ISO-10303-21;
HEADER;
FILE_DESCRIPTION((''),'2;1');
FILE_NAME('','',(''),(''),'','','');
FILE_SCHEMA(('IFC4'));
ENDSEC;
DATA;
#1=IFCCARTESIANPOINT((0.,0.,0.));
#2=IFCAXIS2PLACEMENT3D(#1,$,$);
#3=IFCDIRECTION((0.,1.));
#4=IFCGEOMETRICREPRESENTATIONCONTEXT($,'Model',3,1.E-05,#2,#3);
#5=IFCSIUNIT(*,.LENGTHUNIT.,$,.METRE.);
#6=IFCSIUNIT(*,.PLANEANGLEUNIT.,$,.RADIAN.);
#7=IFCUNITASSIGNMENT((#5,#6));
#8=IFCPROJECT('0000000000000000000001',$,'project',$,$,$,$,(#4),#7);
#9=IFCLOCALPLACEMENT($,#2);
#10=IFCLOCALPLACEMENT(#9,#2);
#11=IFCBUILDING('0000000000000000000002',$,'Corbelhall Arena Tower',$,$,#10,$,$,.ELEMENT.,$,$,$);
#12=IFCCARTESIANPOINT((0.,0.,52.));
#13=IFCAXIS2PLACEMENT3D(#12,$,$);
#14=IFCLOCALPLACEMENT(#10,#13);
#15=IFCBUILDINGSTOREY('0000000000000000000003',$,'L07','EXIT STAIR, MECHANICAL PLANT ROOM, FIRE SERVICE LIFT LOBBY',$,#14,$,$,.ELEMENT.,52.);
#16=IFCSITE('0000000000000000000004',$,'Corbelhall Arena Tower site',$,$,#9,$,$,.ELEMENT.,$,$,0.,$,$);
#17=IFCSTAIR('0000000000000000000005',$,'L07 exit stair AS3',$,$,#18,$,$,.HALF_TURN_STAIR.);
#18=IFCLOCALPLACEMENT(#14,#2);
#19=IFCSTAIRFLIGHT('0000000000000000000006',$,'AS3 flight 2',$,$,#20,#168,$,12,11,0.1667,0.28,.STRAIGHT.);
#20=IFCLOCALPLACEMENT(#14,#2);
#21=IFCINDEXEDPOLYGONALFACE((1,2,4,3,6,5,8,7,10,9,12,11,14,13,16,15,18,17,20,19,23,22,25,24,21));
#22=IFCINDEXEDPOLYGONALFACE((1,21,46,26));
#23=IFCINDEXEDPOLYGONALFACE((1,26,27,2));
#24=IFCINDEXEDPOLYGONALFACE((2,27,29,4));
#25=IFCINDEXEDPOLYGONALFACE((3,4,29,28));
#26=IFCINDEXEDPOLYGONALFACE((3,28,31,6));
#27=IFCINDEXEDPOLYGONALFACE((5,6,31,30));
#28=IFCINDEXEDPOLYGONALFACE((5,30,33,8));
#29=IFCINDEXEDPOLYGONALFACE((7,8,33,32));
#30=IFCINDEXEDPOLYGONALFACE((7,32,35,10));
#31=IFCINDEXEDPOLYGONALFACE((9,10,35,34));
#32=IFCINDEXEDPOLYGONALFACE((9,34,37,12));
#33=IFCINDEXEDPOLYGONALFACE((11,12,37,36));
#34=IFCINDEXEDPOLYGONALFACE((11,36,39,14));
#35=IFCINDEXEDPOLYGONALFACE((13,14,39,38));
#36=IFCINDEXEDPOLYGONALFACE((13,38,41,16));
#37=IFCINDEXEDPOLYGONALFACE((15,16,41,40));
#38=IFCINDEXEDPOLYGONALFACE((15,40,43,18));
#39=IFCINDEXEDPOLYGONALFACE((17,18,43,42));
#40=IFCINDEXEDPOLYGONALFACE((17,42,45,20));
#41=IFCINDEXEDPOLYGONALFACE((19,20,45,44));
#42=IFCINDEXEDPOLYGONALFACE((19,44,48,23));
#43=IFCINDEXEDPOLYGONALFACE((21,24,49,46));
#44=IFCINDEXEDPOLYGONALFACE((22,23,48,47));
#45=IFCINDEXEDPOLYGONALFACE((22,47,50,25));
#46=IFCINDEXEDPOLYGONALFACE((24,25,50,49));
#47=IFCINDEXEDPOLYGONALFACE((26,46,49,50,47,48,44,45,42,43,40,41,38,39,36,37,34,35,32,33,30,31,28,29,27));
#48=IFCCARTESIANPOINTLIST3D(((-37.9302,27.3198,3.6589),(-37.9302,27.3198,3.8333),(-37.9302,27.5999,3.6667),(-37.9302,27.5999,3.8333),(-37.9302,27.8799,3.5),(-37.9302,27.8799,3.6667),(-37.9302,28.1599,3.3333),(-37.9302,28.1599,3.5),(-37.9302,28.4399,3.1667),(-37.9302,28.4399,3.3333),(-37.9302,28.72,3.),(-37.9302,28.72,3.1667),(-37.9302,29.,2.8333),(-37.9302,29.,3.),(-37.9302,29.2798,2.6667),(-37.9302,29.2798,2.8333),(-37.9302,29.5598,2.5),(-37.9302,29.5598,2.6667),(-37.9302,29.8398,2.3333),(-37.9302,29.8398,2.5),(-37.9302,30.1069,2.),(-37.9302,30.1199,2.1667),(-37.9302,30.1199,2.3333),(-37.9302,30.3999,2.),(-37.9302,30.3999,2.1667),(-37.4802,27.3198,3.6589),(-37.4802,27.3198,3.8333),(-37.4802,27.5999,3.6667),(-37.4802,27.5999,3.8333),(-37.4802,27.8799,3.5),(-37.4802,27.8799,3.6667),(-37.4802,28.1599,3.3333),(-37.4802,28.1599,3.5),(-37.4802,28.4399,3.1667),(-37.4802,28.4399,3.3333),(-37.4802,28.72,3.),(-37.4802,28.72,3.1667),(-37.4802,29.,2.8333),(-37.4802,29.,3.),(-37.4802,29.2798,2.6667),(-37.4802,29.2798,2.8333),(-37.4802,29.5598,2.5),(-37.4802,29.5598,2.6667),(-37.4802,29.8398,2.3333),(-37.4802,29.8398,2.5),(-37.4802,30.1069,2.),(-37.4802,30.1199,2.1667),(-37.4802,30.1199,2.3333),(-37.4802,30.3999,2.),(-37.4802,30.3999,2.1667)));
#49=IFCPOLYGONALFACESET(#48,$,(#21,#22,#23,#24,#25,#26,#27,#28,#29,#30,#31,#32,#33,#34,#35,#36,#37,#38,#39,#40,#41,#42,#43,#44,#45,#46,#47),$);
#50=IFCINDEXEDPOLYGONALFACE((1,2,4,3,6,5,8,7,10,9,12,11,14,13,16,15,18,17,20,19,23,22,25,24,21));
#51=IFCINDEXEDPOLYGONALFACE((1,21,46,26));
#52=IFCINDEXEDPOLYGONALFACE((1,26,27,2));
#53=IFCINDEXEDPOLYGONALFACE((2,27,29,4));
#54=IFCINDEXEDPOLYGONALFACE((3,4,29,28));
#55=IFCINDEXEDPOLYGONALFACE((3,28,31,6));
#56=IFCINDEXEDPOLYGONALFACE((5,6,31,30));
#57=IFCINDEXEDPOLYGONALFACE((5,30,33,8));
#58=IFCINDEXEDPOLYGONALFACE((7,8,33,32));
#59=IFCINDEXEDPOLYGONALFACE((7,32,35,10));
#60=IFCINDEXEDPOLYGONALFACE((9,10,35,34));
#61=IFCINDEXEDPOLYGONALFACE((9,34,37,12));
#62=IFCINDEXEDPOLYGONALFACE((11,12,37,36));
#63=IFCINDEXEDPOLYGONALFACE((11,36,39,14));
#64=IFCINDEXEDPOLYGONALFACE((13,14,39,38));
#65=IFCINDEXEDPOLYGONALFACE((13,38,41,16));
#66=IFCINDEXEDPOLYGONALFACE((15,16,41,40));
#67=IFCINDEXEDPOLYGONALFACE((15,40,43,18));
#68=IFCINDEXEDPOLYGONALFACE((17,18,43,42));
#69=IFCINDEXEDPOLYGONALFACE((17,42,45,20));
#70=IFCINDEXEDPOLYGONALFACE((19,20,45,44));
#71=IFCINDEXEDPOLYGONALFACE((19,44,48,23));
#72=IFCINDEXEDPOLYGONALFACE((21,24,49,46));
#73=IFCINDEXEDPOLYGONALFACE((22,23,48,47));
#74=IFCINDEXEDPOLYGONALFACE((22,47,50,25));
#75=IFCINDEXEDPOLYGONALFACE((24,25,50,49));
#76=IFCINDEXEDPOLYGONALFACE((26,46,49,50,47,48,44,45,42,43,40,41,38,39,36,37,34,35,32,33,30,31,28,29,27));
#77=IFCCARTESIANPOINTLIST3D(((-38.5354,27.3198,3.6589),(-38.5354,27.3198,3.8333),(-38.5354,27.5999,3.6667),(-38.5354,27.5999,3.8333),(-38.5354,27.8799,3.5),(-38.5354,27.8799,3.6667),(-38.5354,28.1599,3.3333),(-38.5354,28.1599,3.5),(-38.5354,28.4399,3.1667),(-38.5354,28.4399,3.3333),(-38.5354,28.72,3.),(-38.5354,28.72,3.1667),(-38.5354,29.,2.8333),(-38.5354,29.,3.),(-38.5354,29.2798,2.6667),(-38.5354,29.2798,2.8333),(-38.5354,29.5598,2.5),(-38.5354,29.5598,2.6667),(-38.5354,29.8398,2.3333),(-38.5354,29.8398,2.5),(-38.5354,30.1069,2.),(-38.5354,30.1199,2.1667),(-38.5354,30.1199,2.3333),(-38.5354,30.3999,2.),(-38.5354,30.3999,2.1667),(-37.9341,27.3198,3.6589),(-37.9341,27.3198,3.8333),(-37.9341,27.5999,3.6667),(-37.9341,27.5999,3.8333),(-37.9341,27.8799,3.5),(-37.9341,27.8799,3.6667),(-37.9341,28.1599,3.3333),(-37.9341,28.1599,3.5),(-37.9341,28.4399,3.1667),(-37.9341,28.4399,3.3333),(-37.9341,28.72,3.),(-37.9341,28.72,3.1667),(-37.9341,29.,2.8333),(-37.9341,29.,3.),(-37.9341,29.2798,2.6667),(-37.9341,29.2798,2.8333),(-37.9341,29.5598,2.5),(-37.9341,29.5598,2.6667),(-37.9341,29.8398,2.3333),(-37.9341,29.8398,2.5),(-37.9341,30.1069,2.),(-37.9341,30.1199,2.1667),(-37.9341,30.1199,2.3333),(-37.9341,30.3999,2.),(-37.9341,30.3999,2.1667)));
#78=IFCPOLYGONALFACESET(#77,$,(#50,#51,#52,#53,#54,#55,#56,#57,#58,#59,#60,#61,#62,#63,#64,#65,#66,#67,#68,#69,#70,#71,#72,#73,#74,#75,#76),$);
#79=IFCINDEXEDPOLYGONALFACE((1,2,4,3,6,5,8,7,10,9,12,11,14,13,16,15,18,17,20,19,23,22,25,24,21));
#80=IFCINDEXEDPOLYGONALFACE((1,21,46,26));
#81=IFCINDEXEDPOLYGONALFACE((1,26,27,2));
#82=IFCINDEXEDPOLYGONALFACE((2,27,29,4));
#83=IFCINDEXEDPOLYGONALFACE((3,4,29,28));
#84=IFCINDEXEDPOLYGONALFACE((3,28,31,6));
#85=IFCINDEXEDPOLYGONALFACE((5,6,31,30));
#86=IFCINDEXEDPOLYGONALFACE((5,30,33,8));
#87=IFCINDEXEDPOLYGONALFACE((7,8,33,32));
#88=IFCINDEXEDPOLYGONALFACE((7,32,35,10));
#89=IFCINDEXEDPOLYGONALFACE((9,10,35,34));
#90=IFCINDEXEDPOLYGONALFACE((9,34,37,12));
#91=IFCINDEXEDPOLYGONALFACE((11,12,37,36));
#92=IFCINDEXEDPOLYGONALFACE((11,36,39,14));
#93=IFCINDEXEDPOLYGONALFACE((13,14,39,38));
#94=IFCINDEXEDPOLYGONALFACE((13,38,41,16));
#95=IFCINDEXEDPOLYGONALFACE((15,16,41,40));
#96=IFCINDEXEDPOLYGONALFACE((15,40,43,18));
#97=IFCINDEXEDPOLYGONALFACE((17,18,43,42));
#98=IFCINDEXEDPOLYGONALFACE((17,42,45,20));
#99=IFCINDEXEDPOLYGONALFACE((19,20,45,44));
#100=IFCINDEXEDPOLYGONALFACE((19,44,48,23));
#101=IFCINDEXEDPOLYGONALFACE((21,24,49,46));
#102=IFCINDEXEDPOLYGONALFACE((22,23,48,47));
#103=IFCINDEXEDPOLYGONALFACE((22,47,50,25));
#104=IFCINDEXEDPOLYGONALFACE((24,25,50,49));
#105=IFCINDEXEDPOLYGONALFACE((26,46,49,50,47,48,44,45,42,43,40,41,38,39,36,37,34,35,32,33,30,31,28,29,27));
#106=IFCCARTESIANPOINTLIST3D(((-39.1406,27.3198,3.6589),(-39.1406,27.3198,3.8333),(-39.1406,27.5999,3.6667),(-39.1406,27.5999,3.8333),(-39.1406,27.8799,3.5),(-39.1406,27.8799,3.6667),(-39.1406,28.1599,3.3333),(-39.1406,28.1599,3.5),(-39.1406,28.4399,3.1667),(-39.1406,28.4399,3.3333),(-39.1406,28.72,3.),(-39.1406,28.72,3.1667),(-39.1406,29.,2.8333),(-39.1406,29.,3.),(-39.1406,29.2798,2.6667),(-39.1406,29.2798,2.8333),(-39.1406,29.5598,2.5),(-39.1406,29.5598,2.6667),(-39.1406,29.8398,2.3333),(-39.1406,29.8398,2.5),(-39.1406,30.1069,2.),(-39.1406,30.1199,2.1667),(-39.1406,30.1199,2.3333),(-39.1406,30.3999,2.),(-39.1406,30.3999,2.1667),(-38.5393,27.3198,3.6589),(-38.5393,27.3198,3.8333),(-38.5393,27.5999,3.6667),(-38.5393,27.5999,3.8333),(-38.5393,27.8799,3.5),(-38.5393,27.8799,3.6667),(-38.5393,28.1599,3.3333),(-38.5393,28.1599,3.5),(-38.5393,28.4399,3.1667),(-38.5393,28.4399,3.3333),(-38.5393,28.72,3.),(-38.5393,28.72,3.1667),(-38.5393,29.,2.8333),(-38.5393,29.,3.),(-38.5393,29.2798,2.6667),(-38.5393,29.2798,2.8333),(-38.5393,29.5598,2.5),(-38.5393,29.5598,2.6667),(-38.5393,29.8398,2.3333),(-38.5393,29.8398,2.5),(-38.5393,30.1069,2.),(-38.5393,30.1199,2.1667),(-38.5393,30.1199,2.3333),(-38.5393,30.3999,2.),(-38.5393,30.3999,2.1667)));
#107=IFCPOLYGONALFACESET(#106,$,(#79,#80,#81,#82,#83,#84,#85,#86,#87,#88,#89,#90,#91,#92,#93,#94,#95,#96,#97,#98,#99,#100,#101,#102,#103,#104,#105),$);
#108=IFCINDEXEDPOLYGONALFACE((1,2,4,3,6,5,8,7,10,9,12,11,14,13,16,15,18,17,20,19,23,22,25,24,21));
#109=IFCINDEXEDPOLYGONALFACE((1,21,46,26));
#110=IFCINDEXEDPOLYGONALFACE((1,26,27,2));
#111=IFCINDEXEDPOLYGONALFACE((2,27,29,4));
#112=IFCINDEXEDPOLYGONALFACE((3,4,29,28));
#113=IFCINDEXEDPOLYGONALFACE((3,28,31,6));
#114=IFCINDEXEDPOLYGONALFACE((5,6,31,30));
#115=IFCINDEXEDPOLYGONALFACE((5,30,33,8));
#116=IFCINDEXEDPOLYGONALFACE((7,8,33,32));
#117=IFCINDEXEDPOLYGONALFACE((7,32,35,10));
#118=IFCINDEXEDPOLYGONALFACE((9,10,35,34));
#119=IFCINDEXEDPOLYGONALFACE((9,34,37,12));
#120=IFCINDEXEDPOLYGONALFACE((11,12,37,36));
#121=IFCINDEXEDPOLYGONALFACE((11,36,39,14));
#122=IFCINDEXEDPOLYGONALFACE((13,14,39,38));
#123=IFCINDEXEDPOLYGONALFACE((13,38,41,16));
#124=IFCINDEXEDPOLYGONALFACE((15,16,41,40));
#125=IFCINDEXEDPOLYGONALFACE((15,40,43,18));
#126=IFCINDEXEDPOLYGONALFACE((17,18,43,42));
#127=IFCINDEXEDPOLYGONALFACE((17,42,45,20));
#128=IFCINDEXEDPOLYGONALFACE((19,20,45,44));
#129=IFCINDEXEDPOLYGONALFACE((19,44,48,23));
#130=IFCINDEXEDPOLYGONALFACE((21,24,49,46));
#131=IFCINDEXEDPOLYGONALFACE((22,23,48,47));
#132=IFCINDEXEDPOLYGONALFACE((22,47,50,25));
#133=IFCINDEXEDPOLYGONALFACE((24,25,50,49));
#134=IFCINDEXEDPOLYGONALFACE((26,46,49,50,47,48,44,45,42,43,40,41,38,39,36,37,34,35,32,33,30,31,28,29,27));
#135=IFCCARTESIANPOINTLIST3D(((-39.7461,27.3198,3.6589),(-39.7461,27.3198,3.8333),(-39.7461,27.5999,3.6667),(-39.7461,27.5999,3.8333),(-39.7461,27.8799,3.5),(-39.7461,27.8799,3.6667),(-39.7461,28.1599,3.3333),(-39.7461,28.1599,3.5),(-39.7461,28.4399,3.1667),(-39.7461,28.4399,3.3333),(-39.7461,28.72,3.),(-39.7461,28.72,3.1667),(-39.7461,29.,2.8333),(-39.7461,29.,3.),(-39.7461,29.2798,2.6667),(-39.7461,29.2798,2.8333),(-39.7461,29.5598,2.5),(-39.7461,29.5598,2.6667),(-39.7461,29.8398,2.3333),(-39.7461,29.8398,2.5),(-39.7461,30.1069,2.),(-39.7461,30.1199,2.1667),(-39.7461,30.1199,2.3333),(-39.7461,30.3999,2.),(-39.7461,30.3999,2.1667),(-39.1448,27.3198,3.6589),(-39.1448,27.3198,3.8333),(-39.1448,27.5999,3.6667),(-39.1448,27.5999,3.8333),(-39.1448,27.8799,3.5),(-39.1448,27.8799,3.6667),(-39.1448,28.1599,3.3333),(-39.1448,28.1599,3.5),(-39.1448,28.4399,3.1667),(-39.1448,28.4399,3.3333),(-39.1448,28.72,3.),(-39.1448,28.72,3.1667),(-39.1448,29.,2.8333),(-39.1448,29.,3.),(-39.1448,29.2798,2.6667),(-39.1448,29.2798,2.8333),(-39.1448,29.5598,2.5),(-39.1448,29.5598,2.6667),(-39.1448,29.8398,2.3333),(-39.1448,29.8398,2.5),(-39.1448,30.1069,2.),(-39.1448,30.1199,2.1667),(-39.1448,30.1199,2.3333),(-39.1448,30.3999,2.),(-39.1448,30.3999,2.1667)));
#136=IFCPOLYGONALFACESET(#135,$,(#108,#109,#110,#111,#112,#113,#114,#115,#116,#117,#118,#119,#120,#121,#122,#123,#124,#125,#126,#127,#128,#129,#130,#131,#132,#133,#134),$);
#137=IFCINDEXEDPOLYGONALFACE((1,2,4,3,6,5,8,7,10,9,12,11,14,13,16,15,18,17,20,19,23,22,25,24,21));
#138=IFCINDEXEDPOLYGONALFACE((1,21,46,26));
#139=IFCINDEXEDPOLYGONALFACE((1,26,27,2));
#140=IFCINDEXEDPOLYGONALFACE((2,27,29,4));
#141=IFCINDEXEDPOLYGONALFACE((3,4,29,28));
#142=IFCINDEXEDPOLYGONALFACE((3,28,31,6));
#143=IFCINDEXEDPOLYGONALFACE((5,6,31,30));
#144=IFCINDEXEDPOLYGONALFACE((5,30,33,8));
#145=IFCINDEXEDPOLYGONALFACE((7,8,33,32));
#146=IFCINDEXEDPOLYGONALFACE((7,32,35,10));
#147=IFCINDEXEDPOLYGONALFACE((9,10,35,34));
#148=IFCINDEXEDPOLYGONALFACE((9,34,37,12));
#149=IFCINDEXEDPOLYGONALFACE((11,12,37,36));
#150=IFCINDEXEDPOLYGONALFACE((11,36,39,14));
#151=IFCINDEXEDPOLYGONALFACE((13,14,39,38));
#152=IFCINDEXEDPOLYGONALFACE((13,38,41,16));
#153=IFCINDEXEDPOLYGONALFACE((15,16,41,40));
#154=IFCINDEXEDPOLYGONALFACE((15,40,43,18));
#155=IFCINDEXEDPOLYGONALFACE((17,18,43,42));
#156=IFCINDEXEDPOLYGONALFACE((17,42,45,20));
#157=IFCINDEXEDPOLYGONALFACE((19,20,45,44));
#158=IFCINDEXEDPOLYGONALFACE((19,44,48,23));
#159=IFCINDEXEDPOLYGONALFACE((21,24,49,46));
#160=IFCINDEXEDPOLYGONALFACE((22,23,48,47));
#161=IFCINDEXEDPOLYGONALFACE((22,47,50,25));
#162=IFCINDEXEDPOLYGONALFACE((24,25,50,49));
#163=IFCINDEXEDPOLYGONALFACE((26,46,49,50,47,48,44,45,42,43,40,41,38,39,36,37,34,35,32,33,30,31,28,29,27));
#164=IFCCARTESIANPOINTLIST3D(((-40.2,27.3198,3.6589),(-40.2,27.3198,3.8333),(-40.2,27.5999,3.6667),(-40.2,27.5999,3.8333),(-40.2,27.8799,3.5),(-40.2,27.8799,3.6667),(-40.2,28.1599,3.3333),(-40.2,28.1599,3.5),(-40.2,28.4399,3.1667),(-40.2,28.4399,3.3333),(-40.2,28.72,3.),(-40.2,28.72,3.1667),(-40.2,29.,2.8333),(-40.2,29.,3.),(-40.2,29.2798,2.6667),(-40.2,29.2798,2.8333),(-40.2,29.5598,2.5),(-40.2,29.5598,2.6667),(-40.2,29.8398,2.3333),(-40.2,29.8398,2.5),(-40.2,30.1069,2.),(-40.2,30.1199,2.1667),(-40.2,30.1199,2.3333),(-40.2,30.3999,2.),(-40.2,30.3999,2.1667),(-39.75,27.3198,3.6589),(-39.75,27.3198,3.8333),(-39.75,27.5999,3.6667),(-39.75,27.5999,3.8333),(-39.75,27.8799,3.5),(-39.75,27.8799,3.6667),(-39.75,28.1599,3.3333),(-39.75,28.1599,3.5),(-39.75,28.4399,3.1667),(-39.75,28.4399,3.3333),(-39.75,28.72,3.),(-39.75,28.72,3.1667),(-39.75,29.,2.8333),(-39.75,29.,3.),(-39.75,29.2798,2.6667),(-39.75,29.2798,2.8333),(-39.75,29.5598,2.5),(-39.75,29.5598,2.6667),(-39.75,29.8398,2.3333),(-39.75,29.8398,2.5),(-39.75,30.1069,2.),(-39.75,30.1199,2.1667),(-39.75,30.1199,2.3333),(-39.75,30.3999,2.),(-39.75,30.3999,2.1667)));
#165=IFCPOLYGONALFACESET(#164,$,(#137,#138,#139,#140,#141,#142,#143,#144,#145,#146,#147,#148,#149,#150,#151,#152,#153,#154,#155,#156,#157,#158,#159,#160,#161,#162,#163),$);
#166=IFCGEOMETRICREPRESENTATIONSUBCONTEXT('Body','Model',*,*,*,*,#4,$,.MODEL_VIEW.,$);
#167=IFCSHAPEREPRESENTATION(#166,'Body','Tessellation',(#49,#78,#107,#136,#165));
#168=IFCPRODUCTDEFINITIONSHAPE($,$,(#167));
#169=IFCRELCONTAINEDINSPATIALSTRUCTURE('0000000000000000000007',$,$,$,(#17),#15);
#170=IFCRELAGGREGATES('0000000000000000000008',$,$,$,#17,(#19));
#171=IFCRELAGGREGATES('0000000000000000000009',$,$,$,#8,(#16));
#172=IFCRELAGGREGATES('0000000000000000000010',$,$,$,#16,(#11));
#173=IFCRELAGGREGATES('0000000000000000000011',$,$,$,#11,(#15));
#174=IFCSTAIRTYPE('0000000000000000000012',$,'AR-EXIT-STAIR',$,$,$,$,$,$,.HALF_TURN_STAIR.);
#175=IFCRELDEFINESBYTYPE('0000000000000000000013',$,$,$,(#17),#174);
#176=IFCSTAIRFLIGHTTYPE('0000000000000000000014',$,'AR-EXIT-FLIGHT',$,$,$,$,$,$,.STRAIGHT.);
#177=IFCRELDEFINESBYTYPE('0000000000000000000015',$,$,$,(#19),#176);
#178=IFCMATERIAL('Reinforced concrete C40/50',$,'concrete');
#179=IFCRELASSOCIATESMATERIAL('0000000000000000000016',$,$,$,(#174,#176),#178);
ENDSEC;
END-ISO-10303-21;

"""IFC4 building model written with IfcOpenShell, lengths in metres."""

from ifc_helpers import new_model, si_unit, direction, frame, origin, place, context, subcontext, project, spatial, polyline, outline, extrude, material, type_object, element, aggregate, save


model = new_model("IFC4")

# Units and contexts
model_context = context("Model", 3, precision=1e-05, world=origin(), true_north=direction((0.0, 1.0)))
body_context = subcontext(model_context, "Body", "Model", "MODEL_VIEW")
ifc_project = project(units=[si_unit("LENGTHUNIT", "METRE"), si_unit("PLANEANGLEUNIT", "RADIAN")], contexts=[model_context])

# Site, building, storey
site_placement = place(None, origin())
site = spatial("IfcSite", under=ifc_project, at=site_placement, Name="Corbelhall Arena Tower site", CompositionType="ELEMENT", RefElevation=0.0)
building_placement = place(site_placement, origin())
building = spatial("IfcBuilding", under=site, at=building_placement, Name="Corbelhall Arena Tower", CompositionType="ELEMENT")
storey_placement = place(building_placement, frame((0.0, 0.0, 52.0)))
storey = spatial("IfcBuildingStorey", under=building, at=storey_placement, Name="L07", Description="EXIT STAIR, MECHANICAL PLANT ROOM, FIRE SERVICE LIFT LOBBY", CompositionType="ELEMENT", Elevation=52.0)

# Shared definitions
ifc_material_1 = material(Name="Reinforced concrete C40/50", Category="concrete")

# Stair, stair flight
stair_type = type_object("IfcStairType", Name="AR-EXIT-STAIR", PredefinedType="HALF_TURN_STAIR", material=ifc_material_1)
stair_1_placement = place(storey_placement, origin())
stair_1 = element("IfcStair", 1, at=stair_1_placement, inside=storey, type_object=stair_type, Name="L07 exit stair AS3", PredefinedType="HALF_TURN_STAIR")
stair_flight_type = type_object("IfcStairFlightType", Name="AR-EXIT-FLIGHT", PredefinedType="STRAIGHT", material=ifc_material_1)
stair_flight_1_placement = place(storey_placement, frame((-38.8401, 30.3999, 2.0), z_axis=(0.0, 0.0, 1.0), x_axis=(0.0, -1.0, 0.0)))
stair_flight_1 = element("IfcStairFlight", 2, at=stair_flight_1_placement, type_object=stair_flight_type, Name="AS3 flight 2", NumberOfRisers=12, NumberOfTreads=11, PredefinedType="STRAIGHT", RiserHeight=0.1667, TreadLength=0.28, context=body_context, shape_type="SweptSolid", body=[
    extrude(outline(polyline([(0.0, 0.0), (0.0, 0.1667), (0.28, 0.1667), (0.28, 0.3333), (0.5601, 0.3333), (0.5601, 0.5), (0.8401, 0.5), (0.8401, 0.6667), (1.1201, 0.6667), (1.1201, 0.8333), (1.3999, 0.8333), (1.3999, 1.0), (1.6799, 1.0), (1.6799, 1.1667), (1.96, 1.1667), (1.96, 1.3333), (2.24, 1.3333), (2.24, 1.5), (2.52, 1.5), (2.52, 1.6667), (2.8, 1.6667), (2.8, 1.8333), (3.0801, 1.8333), (3.0801, 2.0), (3.0801, 1.6589), (0.293, 0.0), (0.0, 0.0)])), frame((0.0, 1.3599, 0.0), z_axis=(0.0, -1.0, 0.0), x_axis=(1.0, 0.0, 0.0)), (0.0, 0.0, 1.0), 0.45),
    extrude(outline(polyline([(0.0, 0.0), (0.0, 0.1667), (0.28, 0.1667), (0.28, 0.3333), (0.5601, 0.3333), (0.5601, 0.5), (0.8401, 0.5), (0.8401, 0.6667), (1.1201, 0.6667), (1.1201, 0.8333), (1.3999, 0.8333), (1.3999, 1.0), (1.6799, 1.0), (1.6799, 1.1667), (1.96, 1.1667), (1.96, 1.3333), (2.24, 1.3333), (2.24, 1.5), (2.52, 1.5), (2.52, 1.6667), (2.8, 1.6667), (2.8, 1.8333), (3.0801, 1.8333), (3.0801, 2.0), (3.0801, 1.6589), (0.293, 0.0), (0.0, 0.0)])), frame((0.0, 0.906, 0.0), z_axis=(0.0, -1.0, 0.0), x_axis=(1.0, 0.0, 0.0)), (0.0, 0.0, 1.0), 0.6013),
    extrude(outline(polyline([(0.0, 0.0), (0.0, 0.1667), (0.28, 0.1667), (0.28, 0.3333), (0.5601, 0.3333), (0.5601, 0.5), (0.8401, 0.5), (0.8401, 0.6667), (1.1201, 0.6667), (1.1201, 0.8333), (1.3999, 0.8333), (1.3999, 1.0), (1.6799, 1.0), (1.6799, 1.1667), (1.96, 1.1667), (1.96, 1.3333), (2.24, 1.3333), (2.24, 1.5), (2.52, 1.5), (2.52, 1.6667), (2.8, 1.6667), (2.8, 1.8333), (3.0801, 1.8333), (3.0801, 2.0), (3.0801, 1.6589), (0.293, 0.0), (0.0, 0.0)])), frame((0.0, 0.3008, 0.0), z_axis=(0.0, -1.0, 0.0), x_axis=(1.0, 0.0, 0.0)), (0.0, 0.0, 1.0), 0.6013),
    extrude(outline(polyline([(0.0, 0.0), (0.0, 0.1667), (0.28, 0.1667), (0.28, 0.3333), (0.5601, 0.3333), (0.5601, 0.5), (0.8401, 0.5), (0.8401, 0.6667), (1.1201, 0.6667), (1.1201, 0.8333), (1.3999, 0.8333), (1.3999, 1.0), (1.6799, 1.0), (1.6799, 1.1667), (1.96, 1.1667), (1.96, 1.3333), (2.24, 1.3333), (2.24, 1.5), (2.52, 1.5), (2.52, 1.6667), (2.8, 1.6667), (2.8, 1.8333), (3.0801, 1.8333), (3.0801, 2.0), (3.0801, 1.6589), (0.293, 0.0), (0.0, 0.0)])), frame((0.0, -0.3047, 0.0), z_axis=(0.0, -1.0, 0.0), x_axis=(1.0, 0.0, 0.0)), (0.0, 0.0, 1.0), 0.6013),
    extrude(outline(polyline([(0.0, 0.0), (0.0, 0.1667), (0.28, 0.1667), (0.28, 0.3333), (0.5601, 0.3333), (0.5601, 0.5), (0.8401, 0.5), (0.8401, 0.6667), (1.1201, 0.6667), (1.1201, 0.8333), (1.3999, 0.8333), (1.3999, 1.0), (1.6799, 1.0), (1.6799, 1.1667), (1.96, 1.1667), (1.96, 1.3333), (2.24, 1.3333), (2.24, 1.5), (2.52, 1.5), (2.52, 1.6667), (2.8, 1.6667), (2.8, 1.8333), (3.0801, 1.8333), (3.0801, 2.0), (3.0801, 1.6589), (0.293, 0.0), (0.0, 0.0)])), frame((0.0, -0.9099, 0.0), z_axis=(0.0, -1.0, 0.0), x_axis=(1.0, 0.0, 0.0)), (0.0, 0.0, 1.0), 0.45),
])
aggregate(stair_1, [stair_flight_1])

save(model, "model.ifc")
